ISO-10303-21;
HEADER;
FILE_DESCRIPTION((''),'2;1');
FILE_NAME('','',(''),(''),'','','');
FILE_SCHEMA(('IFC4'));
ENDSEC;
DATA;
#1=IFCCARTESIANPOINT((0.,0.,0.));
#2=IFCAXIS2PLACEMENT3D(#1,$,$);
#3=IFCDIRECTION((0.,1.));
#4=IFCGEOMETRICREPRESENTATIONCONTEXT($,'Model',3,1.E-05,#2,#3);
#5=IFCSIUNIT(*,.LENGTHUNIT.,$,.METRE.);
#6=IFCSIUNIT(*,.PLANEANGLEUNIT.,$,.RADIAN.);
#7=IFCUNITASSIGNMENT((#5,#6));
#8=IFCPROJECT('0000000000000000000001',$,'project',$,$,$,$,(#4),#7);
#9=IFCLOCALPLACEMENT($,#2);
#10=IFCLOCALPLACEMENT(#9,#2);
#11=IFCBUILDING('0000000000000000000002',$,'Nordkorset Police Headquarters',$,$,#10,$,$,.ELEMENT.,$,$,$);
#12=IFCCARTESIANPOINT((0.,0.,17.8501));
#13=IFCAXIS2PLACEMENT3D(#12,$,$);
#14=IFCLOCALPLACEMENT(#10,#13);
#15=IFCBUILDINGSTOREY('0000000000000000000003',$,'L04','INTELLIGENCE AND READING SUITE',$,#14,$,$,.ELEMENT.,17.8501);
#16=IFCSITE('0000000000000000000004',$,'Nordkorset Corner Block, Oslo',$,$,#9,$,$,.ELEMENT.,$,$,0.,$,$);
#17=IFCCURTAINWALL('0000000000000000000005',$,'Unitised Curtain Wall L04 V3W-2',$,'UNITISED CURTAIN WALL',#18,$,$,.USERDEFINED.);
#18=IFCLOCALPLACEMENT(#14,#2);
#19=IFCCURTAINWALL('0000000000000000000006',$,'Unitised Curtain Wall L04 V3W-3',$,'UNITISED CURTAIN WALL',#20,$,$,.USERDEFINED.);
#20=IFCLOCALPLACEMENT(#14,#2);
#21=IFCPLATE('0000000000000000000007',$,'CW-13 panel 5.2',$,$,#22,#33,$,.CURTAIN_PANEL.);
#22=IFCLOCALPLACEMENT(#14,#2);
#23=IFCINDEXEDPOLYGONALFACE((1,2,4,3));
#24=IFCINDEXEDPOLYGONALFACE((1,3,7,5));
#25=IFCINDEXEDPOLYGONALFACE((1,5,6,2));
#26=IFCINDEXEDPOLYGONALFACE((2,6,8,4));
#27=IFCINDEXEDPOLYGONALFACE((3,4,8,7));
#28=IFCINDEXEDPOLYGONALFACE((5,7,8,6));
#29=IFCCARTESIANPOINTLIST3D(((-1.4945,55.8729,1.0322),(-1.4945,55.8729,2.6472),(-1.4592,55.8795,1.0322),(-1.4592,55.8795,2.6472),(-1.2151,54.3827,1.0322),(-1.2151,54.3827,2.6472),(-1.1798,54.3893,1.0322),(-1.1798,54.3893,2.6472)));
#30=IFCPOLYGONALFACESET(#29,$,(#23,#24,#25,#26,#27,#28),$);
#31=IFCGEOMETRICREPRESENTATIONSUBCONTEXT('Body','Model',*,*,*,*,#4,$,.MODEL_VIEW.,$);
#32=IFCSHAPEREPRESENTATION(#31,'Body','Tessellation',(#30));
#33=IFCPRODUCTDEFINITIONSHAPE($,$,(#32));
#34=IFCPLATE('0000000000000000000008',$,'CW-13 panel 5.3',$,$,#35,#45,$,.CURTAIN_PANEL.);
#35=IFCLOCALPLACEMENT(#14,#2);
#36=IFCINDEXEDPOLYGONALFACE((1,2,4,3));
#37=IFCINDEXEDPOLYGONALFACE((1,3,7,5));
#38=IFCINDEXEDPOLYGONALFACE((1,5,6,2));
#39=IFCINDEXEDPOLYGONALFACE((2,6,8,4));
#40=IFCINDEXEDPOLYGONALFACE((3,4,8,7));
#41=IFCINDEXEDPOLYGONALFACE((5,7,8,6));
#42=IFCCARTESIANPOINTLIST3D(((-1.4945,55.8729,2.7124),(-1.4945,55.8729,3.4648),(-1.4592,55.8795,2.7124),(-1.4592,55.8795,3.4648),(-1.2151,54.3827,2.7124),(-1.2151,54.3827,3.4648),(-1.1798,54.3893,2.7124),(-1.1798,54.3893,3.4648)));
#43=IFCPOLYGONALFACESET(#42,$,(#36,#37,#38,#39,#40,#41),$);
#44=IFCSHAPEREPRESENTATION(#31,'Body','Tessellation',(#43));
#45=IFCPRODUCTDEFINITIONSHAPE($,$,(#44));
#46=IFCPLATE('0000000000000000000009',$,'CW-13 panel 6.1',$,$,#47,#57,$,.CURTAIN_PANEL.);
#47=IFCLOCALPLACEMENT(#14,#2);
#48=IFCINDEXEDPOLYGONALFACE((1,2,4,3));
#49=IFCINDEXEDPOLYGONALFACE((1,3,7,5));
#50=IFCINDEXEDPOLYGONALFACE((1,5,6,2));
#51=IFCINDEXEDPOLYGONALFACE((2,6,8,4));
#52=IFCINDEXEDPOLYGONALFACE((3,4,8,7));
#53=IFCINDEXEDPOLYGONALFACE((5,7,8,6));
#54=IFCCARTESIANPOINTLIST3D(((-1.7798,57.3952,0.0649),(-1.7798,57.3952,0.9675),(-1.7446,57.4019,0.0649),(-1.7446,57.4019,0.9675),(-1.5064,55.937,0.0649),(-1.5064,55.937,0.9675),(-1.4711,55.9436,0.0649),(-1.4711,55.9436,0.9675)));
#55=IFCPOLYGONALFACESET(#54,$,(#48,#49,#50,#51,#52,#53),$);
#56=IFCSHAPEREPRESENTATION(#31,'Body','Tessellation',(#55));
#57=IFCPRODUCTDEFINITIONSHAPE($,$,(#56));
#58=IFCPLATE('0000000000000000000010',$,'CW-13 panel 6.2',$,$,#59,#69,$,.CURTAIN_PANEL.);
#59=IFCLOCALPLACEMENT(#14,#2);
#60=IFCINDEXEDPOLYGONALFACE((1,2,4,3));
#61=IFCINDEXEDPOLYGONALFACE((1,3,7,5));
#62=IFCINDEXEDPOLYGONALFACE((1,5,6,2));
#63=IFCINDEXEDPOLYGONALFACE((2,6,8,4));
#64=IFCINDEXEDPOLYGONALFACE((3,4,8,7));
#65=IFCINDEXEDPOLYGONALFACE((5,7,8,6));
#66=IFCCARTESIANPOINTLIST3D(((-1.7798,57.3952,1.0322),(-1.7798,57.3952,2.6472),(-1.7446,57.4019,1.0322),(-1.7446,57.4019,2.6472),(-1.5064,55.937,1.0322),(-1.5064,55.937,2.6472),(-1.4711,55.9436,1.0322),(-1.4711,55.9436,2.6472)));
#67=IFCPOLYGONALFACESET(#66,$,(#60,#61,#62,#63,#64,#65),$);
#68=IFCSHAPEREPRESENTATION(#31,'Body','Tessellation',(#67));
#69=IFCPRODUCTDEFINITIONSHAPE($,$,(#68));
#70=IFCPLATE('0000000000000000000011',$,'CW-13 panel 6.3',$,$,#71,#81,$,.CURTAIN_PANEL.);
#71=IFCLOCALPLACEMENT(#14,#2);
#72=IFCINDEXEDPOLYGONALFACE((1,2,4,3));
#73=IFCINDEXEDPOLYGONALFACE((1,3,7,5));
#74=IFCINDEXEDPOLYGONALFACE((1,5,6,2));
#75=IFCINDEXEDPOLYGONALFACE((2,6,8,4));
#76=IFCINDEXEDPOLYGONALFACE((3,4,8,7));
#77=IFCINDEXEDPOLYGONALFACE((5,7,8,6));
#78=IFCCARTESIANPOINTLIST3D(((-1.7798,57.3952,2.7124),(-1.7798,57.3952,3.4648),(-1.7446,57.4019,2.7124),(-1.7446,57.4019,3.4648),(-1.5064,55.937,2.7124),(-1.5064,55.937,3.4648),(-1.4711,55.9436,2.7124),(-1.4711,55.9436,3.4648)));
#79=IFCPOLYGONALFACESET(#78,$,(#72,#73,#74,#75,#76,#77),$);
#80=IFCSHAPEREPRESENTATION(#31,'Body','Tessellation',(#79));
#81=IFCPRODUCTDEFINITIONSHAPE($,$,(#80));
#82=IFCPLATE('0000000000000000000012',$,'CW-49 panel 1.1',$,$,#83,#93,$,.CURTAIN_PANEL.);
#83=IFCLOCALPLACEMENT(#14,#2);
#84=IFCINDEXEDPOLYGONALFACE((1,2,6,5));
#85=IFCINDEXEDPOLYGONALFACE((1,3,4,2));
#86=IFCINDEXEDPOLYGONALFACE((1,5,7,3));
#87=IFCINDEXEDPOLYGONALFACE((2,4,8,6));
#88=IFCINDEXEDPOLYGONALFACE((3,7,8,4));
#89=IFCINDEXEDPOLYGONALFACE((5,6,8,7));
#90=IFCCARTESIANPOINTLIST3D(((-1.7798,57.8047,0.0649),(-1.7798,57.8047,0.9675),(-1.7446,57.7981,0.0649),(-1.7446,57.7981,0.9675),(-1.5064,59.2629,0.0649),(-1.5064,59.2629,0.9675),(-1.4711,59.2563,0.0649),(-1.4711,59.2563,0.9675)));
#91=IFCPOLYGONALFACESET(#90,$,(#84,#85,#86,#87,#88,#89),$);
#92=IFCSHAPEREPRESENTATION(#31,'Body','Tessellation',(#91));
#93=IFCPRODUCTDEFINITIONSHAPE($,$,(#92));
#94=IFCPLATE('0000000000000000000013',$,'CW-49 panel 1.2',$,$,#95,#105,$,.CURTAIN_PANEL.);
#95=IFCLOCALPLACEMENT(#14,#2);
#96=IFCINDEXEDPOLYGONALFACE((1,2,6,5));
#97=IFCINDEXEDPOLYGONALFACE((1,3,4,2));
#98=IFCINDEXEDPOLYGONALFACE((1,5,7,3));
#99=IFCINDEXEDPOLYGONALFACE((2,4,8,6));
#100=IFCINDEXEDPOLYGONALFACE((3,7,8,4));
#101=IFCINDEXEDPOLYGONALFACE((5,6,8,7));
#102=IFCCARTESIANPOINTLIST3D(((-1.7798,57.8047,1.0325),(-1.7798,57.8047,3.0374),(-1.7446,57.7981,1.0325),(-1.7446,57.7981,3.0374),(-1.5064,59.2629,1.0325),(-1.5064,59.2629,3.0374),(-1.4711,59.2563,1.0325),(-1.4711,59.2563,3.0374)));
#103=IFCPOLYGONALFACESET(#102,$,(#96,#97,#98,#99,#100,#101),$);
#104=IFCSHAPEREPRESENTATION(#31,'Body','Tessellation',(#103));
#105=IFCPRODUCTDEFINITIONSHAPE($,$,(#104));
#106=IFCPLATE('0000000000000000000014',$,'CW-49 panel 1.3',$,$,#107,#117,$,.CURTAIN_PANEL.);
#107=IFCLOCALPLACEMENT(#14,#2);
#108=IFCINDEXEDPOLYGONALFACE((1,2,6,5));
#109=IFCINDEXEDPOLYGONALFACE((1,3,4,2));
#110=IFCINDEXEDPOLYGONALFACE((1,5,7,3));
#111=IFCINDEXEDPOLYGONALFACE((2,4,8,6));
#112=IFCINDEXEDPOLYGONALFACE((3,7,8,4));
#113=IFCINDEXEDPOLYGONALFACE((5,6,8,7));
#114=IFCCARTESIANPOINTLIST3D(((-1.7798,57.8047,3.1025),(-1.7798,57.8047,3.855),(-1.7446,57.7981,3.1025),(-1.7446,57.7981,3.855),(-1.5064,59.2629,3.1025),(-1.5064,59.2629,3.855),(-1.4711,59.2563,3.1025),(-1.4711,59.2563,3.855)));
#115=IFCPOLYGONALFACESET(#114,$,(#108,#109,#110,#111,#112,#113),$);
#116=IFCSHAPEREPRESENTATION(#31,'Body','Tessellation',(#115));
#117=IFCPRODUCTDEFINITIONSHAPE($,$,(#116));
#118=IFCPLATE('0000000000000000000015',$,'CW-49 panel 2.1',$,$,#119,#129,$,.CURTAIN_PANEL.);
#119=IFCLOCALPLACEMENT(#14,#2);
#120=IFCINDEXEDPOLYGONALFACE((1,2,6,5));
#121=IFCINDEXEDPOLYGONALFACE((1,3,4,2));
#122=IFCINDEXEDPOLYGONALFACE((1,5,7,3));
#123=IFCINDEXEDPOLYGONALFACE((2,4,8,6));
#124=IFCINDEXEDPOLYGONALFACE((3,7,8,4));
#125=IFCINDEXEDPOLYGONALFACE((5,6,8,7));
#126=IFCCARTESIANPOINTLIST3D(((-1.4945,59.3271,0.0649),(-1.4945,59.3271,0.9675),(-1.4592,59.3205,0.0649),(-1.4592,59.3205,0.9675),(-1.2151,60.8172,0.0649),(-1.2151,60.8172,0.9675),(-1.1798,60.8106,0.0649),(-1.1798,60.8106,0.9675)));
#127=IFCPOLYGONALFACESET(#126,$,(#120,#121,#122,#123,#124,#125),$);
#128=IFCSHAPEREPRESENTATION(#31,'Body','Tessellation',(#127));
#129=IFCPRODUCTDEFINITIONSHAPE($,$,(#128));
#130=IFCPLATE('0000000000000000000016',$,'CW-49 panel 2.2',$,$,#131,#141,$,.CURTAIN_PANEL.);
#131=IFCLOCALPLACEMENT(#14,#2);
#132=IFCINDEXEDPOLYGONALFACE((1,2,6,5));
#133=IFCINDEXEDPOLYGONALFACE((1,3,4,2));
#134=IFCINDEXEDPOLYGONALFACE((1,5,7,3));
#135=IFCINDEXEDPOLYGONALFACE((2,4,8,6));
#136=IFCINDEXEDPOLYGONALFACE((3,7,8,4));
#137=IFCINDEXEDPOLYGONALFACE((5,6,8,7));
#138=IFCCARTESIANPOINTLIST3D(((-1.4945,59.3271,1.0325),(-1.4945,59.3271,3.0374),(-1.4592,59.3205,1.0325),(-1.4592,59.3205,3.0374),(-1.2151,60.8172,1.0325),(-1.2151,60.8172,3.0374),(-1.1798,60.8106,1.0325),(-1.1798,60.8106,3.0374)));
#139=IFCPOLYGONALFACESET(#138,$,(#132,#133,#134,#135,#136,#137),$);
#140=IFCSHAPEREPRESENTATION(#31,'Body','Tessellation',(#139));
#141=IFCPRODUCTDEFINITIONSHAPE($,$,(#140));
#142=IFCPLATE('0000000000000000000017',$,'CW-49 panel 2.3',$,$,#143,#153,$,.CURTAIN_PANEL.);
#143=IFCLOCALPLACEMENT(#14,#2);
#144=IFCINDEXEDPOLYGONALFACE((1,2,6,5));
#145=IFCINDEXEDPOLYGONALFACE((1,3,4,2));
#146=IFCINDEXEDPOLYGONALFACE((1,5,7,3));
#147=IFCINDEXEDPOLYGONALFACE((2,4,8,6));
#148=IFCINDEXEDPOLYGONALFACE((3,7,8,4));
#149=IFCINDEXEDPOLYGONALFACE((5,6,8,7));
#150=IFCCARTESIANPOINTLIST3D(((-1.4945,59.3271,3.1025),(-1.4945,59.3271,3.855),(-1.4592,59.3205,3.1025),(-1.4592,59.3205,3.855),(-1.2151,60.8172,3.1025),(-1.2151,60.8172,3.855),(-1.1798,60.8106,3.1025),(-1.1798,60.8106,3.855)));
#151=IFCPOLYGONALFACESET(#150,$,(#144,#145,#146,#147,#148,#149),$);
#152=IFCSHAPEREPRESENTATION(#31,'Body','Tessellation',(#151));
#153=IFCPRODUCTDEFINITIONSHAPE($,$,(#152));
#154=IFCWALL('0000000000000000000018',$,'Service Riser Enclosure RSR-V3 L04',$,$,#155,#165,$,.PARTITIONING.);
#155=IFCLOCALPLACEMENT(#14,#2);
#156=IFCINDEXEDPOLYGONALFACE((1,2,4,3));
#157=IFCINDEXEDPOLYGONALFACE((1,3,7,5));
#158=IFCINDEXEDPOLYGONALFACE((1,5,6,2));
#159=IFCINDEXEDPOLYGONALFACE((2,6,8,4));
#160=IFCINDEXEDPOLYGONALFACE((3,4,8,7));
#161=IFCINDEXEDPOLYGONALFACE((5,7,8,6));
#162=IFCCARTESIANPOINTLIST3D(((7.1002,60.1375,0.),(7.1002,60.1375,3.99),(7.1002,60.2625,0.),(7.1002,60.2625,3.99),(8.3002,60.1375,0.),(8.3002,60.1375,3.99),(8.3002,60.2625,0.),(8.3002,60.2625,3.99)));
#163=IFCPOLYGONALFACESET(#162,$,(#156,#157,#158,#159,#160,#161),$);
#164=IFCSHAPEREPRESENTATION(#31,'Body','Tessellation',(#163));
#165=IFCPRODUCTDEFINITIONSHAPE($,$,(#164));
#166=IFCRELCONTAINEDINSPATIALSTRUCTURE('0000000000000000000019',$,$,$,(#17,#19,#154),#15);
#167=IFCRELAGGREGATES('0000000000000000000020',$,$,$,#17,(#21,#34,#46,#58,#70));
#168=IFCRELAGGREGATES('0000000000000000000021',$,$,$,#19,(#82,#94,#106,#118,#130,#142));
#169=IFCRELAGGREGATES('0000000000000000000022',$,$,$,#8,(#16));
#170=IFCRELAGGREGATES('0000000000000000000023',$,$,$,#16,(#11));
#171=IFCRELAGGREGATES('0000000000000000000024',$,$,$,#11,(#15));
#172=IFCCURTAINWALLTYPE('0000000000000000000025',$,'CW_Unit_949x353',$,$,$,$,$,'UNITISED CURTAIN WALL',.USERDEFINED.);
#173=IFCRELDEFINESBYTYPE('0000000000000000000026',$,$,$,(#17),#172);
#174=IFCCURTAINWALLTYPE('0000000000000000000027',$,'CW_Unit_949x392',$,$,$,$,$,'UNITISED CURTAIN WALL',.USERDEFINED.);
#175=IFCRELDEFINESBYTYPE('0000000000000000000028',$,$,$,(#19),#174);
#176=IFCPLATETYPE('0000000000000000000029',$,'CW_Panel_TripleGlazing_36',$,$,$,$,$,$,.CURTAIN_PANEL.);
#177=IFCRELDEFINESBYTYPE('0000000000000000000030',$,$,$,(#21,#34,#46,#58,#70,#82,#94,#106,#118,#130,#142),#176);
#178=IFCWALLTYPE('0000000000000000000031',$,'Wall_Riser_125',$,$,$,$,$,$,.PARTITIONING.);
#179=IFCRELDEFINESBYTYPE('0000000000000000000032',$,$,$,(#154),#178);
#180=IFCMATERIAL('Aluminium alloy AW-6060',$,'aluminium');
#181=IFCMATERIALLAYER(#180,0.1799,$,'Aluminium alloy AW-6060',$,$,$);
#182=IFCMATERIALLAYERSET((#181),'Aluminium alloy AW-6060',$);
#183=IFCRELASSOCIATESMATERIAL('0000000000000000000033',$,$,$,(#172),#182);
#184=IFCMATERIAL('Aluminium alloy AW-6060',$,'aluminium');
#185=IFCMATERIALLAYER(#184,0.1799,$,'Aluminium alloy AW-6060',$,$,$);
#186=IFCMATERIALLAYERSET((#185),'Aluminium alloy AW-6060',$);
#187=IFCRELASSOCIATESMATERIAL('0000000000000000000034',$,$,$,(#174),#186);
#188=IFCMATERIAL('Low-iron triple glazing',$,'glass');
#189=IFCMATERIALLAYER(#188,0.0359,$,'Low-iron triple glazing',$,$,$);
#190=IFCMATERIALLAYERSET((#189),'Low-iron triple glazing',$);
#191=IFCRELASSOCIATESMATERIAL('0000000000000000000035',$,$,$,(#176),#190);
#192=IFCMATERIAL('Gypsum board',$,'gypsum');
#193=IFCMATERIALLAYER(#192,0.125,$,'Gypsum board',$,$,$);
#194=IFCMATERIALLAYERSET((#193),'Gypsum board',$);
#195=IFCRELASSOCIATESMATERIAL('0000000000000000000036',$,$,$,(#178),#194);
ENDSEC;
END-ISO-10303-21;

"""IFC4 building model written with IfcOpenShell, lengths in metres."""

from ifc_helpers import new_model, si_unit, direction, frame, frame_2d, origin, origin_2d, place, context, subcontext, project, spatial, rectangle, extrude, material, layer, layer_set, type_object, element, aggregate, save


model = new_model("IFC4")

# Units and contexts
model_context = context("Model", 3, precision=1e-05, world=origin(), true_north=direction((0.0, 1.0)))
body_context = subcontext(model_context, "Body", "Model", "MODEL_VIEW")
ifc_project = project(units=[si_unit("LENGTHUNIT", "METRE"), si_unit("PLANEANGLEUNIT", "RADIAN")], contexts=[model_context])

# Site, building, storey
site_placement = place(None, origin())
site = spatial("IfcSite", under=ifc_project, at=site_placement, Name="Nordkorset Corner Block, Oslo", CompositionType="ELEMENT", RefElevation=0.0)
building_placement = place(site_placement, origin())
building = spatial("IfcBuilding", under=site, at=building_placement, Name="Nordkorset Police Headquarters", CompositionType="ELEMENT")
storey_placement = place(building_placement, frame((0.0, 0.0, 17.8501)))
storey = spatial("IfcBuildingStorey", under=building, at=storey_placement, Name="L04", Description="INTELLIGENCE AND READING SUITE", CompositionType="ELEMENT", Elevation=17.8501)

# Curtain walls
ifc_material_1 = material(Name="Aluminium alloy AW-6060", Category="aluminium")
ifc_layer_1 = layer(ifc_material_1, 0.1799, Name="Aluminium alloy AW-6060")
ifc_layer_set_1 = layer_set([ifc_layer_1], Name="Aluminium alloy AW-6060")
curtain_wall_type_1 = type_object("IfcCurtainWallType", Name="CW_Unit_949x353", ElementType="UNITISED CURTAIN WALL", PredefinedType="USERDEFINED", material=ifc_layer_set_1)
curtain_wall_1_placement = place(storey_placement, origin())
curtain_wall_1 = element("IfcCurtainWall", 1, at=curtain_wall_1_placement, inside=storey, type_object=curtain_wall_type_1, Name="Unitised Curtain Wall L04 V3W-2", ObjectType="UNITISED CURTAIN WALL", PredefinedType="USERDEFINED")
ifc_material_2 = material(Name="Aluminium alloy AW-6060", Category="aluminium")
ifc_layer_2 = layer(ifc_material_2, 0.1799, Name="Aluminium alloy AW-6060")
ifc_layer_set_2 = layer_set([ifc_layer_2], Name="Aluminium alloy AW-6060")
curtain_wall_type_2 = type_object("IfcCurtainWallType", Name="CW_Unit_949x392", ElementType="UNITISED CURTAIN WALL", PredefinedType="USERDEFINED", material=ifc_layer_set_2)
curtain_wall_2_placement = place(storey_placement, origin())
curtain_wall_2 = element("IfcCurtainWall", 2, at=curtain_wall_2_placement, inside=storey, type_object=curtain_wall_type_2, Name="Unitised Curtain Wall L04 V3W-3", ObjectType="UNITISED CURTAIN WALL", PredefinedType="USERDEFINED")

# Plates
ifc_material_3 = material(Name="Low-iron triple glazing", Category="glass")
ifc_layer_3 = layer(ifc_material_3, 0.0359, Name="Low-iron triple glazing")
ifc_layer_set_3 = layer_set([ifc_layer_3], Name="Low-iron triple glazing")
plate_type = type_object("IfcPlateType", Name="CW_Panel_TripleGlazing_36", PredefinedType="CURTAIN_PANEL", material=ifc_layer_set_3)
plate_1_placement = place(storey_placement, frame((-1.3372, 55.1311, 1.0322), z_axis=(0.0, 0.0, 1.0), x_axis=(-0.184289, 0.982872, 0.0)))
plate_1 = element("IfcPlate", 3, at=plate_1_placement, type_object=plate_type, Name="CW-13 panel 5.2", PredefinedType="CURTAIN_PANEL", context=body_context, shape_type="SweptSolid", body=[
    extrude(rectangle(XDim=1.5161, YDim=0.0359, at=origin_2d()), origin(), (0.0, 0.0, 1.0), 1.615),
])
plate_2_placement = place(storey_placement, frame((-1.3372, 55.1311, 2.7124), z_axis=(0.0, 0.0, 1.0), x_axis=(-0.184289, 0.982872, 0.0)))
plate_2 = element("IfcPlate", 4, at=plate_2_placement, type_object=plate_type, Name="CW-13 panel 5.3", PredefinedType="CURTAIN_PANEL", context=body_context, shape_type="SweptSolid", body=[
    extrude(rectangle(XDim=1.5161, YDim=0.0359, at=origin_2d()), origin(), (0.0, 0.0, 1.0), 0.7524),
])
plate_3_placement = place(storey_placement, frame((-1.6255, 56.6694, 0.0649), z_axis=(0.0, 0.0, 1.0), x_axis=(-0.184289, 0.982872, 0.0)))
plate_3 = element("IfcPlate", 5, at=plate_3_placement, type_object=plate_type, Name="CW-13 panel 6.1", PredefinedType="CURTAIN_PANEL", context=body_context, shape_type="SweptSolid", body=[
    extrude(rectangle(XDim=1.4836, YDim=0.0359, at=origin_2d()), origin(), (0.0, 0.0, 1.0), 0.9026),
])
plate_4_placement = place(storey_placement, frame((-1.6255, 56.6694, 1.0322), z_axis=(0.0, 0.0, 1.0), x_axis=(-0.184289, 0.982872, 0.0)))
plate_4 = element("IfcPlate", 6, at=plate_4_placement, type_object=plate_type, Name="CW-13 panel 6.2", PredefinedType="CURTAIN_PANEL", context=body_context, shape_type="SweptSolid", body=[
    extrude(rectangle(XDim=1.4836, YDim=0.0359, at=origin_2d()), origin(), (0.0, 0.0, 1.0), 1.615),
])
plate_5_placement = place(storey_placement, frame((-1.6255, 56.6694, 2.7124), z_axis=(0.0, 0.0, 1.0), x_axis=(-0.184289, 0.982872, 0.0)))
plate_5 = element("IfcPlate", 7, at=plate_5_placement, type_object=plate_type, Name="CW-13 panel 6.3", PredefinedType="CURTAIN_PANEL", context=body_context, shape_type="SweptSolid", body=[
    extrude(rectangle(XDim=1.4836, YDim=0.0359, at=origin_2d()), origin(), (0.0, 0.0, 1.0), 0.7524),
])
aggregate(curtain_wall_1, [plate_1, plate_2, plate_3, plate_4, plate_5])
plate_6_placement = place(storey_placement, frame((-1.6255, 58.5305, 0.0649), z_axis=(0.0, 0.0, 1.0), x_axis=(0.184289, 0.982872, 0.0)))
plate_6 = element("IfcPlate", 8, at=plate_6_placement, type_object=plate_type, Name="CW-49 panel 1.1", PredefinedType="CURTAIN_PANEL", context=body_context, shape_type="SweptSolid", body=[
    extrude(rectangle(XDim=1.4836, YDim=0.0359, at=origin_2d()), origin(), (0.0, 0.0, 1.0), 0.9026),
])
plate_7_placement = place(storey_placement, frame((-1.6255, 58.5305, 1.0325), z_axis=(0.0, 0.0, 1.0), x_axis=(0.184289, 0.982872, 0.0)))
plate_7 = element("IfcPlate", 9, at=plate_7_placement, type_object=plate_type, Name="CW-49 panel 1.2", PredefinedType="CURTAIN_PANEL", context=body_context, shape_type="SweptSolid", body=[
    extrude(rectangle(XDim=1.4836, YDim=0.0359, at=origin_2d()), origin(), (0.0, 0.0, 1.0), 2.0049),
])
plate_8_placement = place(storey_placement, frame((-1.6255, 58.5305, 3.1025), z_axis=(0.0, 0.0, 1.0), x_axis=(0.184289, 0.982872, 0.0)))
plate_8 = element("IfcPlate", 10, at=plate_8_placement, type_object=plate_type, Name="CW-49 panel 1.3", PredefinedType="CURTAIN_PANEL", context=body_context, shape_type="SweptSolid", body=[
    extrude(rectangle(XDim=1.4836, YDim=0.0359, at=origin_2d()), origin(), (0.0, 0.0, 1.0), 0.7524),
])
plate_9_placement = place(storey_placement, frame((-1.3372, 60.0688, 0.0649), z_axis=(0.0, 0.0, 1.0), x_axis=(0.184289, 0.982872, 0.0)))
plate_9 = element("IfcPlate", 11, at=plate_9_placement, type_object=plate_type, Name="CW-49 panel 2.1", PredefinedType="CURTAIN_PANEL", context=body_context, shape_type="SweptSolid", body=[
    extrude(rectangle(XDim=1.5161, YDim=0.0359, at=origin_2d()), origin(), (0.0, 0.0, 1.0), 0.9026),
])
plate_10_placement = place(storey_placement, frame((-1.3372, 60.0688, 1.0325), z_axis=(0.0, 0.0, 1.0), x_axis=(0.184289, 0.982872, 0.0)))
plate_10 = element("IfcPlate", 12, at=plate_10_placement, type_object=plate_type, Name="CW-49 panel 2.2", PredefinedType="CURTAIN_PANEL", context=body_context, shape_type="SweptSolid", body=[
    extrude(rectangle(XDim=1.5161, YDim=0.0359, at=origin_2d()), origin(), (0.0, 0.0, 1.0), 2.0049),
])
plate_11_placement = place(storey_placement, frame((-1.3372, 60.0688, 3.1025), z_axis=(0.0, 0.0, 1.0), x_axis=(0.184289, 0.982872, 0.0)))
plate_11 = element("IfcPlate", 13, at=plate_11_placement, type_object=plate_type, Name="CW-49 panel 2.3", PredefinedType="CURTAIN_PANEL", context=body_context, shape_type="SweptSolid", body=[
    extrude(rectangle(XDim=1.5161, YDim=0.0359, at=origin_2d()), origin(), (0.0, 0.0, 1.0), 0.7524),
])
aggregate(curtain_wall_2, [plate_6, plate_7, plate_8, plate_9, plate_10, plate_11])

# Wall
ifc_material_4 = material(Name="Gypsum board", Category="gypsum")
ifc_layer_4 = layer(ifc_material_4, 0.125, Name="Gypsum board")
ifc_layer_set_4 = layer_set([ifc_layer_4], Name="Gypsum board")
wall_type = type_object("IfcWallType", Name="Wall_Riser_125", PredefinedType="PARTITIONING", material=ifc_layer_set_4)
wall_placement = place(storey_placement, frame((7.1001, 60.2, 0.0), z_axis=(0.0, 0.0, 1.0), x_axis=(1.0, 0.0, 0.0)))
element("IfcWall", 14, at=wall_placement, inside=storey, type_object=wall_type, Name="Service Riser Enclosure RSR-V3 L04", PredefinedType="PARTITIONING", context=body_context, shape_type="SweptSolid", body=[
    extrude(rectangle(XDim=1.2, YDim=0.125, at=frame_2d((0.6001, 0.0))), origin(), (0.0, 0.0, 1.0), 3.99),
])

save(model, "model.ifc")
